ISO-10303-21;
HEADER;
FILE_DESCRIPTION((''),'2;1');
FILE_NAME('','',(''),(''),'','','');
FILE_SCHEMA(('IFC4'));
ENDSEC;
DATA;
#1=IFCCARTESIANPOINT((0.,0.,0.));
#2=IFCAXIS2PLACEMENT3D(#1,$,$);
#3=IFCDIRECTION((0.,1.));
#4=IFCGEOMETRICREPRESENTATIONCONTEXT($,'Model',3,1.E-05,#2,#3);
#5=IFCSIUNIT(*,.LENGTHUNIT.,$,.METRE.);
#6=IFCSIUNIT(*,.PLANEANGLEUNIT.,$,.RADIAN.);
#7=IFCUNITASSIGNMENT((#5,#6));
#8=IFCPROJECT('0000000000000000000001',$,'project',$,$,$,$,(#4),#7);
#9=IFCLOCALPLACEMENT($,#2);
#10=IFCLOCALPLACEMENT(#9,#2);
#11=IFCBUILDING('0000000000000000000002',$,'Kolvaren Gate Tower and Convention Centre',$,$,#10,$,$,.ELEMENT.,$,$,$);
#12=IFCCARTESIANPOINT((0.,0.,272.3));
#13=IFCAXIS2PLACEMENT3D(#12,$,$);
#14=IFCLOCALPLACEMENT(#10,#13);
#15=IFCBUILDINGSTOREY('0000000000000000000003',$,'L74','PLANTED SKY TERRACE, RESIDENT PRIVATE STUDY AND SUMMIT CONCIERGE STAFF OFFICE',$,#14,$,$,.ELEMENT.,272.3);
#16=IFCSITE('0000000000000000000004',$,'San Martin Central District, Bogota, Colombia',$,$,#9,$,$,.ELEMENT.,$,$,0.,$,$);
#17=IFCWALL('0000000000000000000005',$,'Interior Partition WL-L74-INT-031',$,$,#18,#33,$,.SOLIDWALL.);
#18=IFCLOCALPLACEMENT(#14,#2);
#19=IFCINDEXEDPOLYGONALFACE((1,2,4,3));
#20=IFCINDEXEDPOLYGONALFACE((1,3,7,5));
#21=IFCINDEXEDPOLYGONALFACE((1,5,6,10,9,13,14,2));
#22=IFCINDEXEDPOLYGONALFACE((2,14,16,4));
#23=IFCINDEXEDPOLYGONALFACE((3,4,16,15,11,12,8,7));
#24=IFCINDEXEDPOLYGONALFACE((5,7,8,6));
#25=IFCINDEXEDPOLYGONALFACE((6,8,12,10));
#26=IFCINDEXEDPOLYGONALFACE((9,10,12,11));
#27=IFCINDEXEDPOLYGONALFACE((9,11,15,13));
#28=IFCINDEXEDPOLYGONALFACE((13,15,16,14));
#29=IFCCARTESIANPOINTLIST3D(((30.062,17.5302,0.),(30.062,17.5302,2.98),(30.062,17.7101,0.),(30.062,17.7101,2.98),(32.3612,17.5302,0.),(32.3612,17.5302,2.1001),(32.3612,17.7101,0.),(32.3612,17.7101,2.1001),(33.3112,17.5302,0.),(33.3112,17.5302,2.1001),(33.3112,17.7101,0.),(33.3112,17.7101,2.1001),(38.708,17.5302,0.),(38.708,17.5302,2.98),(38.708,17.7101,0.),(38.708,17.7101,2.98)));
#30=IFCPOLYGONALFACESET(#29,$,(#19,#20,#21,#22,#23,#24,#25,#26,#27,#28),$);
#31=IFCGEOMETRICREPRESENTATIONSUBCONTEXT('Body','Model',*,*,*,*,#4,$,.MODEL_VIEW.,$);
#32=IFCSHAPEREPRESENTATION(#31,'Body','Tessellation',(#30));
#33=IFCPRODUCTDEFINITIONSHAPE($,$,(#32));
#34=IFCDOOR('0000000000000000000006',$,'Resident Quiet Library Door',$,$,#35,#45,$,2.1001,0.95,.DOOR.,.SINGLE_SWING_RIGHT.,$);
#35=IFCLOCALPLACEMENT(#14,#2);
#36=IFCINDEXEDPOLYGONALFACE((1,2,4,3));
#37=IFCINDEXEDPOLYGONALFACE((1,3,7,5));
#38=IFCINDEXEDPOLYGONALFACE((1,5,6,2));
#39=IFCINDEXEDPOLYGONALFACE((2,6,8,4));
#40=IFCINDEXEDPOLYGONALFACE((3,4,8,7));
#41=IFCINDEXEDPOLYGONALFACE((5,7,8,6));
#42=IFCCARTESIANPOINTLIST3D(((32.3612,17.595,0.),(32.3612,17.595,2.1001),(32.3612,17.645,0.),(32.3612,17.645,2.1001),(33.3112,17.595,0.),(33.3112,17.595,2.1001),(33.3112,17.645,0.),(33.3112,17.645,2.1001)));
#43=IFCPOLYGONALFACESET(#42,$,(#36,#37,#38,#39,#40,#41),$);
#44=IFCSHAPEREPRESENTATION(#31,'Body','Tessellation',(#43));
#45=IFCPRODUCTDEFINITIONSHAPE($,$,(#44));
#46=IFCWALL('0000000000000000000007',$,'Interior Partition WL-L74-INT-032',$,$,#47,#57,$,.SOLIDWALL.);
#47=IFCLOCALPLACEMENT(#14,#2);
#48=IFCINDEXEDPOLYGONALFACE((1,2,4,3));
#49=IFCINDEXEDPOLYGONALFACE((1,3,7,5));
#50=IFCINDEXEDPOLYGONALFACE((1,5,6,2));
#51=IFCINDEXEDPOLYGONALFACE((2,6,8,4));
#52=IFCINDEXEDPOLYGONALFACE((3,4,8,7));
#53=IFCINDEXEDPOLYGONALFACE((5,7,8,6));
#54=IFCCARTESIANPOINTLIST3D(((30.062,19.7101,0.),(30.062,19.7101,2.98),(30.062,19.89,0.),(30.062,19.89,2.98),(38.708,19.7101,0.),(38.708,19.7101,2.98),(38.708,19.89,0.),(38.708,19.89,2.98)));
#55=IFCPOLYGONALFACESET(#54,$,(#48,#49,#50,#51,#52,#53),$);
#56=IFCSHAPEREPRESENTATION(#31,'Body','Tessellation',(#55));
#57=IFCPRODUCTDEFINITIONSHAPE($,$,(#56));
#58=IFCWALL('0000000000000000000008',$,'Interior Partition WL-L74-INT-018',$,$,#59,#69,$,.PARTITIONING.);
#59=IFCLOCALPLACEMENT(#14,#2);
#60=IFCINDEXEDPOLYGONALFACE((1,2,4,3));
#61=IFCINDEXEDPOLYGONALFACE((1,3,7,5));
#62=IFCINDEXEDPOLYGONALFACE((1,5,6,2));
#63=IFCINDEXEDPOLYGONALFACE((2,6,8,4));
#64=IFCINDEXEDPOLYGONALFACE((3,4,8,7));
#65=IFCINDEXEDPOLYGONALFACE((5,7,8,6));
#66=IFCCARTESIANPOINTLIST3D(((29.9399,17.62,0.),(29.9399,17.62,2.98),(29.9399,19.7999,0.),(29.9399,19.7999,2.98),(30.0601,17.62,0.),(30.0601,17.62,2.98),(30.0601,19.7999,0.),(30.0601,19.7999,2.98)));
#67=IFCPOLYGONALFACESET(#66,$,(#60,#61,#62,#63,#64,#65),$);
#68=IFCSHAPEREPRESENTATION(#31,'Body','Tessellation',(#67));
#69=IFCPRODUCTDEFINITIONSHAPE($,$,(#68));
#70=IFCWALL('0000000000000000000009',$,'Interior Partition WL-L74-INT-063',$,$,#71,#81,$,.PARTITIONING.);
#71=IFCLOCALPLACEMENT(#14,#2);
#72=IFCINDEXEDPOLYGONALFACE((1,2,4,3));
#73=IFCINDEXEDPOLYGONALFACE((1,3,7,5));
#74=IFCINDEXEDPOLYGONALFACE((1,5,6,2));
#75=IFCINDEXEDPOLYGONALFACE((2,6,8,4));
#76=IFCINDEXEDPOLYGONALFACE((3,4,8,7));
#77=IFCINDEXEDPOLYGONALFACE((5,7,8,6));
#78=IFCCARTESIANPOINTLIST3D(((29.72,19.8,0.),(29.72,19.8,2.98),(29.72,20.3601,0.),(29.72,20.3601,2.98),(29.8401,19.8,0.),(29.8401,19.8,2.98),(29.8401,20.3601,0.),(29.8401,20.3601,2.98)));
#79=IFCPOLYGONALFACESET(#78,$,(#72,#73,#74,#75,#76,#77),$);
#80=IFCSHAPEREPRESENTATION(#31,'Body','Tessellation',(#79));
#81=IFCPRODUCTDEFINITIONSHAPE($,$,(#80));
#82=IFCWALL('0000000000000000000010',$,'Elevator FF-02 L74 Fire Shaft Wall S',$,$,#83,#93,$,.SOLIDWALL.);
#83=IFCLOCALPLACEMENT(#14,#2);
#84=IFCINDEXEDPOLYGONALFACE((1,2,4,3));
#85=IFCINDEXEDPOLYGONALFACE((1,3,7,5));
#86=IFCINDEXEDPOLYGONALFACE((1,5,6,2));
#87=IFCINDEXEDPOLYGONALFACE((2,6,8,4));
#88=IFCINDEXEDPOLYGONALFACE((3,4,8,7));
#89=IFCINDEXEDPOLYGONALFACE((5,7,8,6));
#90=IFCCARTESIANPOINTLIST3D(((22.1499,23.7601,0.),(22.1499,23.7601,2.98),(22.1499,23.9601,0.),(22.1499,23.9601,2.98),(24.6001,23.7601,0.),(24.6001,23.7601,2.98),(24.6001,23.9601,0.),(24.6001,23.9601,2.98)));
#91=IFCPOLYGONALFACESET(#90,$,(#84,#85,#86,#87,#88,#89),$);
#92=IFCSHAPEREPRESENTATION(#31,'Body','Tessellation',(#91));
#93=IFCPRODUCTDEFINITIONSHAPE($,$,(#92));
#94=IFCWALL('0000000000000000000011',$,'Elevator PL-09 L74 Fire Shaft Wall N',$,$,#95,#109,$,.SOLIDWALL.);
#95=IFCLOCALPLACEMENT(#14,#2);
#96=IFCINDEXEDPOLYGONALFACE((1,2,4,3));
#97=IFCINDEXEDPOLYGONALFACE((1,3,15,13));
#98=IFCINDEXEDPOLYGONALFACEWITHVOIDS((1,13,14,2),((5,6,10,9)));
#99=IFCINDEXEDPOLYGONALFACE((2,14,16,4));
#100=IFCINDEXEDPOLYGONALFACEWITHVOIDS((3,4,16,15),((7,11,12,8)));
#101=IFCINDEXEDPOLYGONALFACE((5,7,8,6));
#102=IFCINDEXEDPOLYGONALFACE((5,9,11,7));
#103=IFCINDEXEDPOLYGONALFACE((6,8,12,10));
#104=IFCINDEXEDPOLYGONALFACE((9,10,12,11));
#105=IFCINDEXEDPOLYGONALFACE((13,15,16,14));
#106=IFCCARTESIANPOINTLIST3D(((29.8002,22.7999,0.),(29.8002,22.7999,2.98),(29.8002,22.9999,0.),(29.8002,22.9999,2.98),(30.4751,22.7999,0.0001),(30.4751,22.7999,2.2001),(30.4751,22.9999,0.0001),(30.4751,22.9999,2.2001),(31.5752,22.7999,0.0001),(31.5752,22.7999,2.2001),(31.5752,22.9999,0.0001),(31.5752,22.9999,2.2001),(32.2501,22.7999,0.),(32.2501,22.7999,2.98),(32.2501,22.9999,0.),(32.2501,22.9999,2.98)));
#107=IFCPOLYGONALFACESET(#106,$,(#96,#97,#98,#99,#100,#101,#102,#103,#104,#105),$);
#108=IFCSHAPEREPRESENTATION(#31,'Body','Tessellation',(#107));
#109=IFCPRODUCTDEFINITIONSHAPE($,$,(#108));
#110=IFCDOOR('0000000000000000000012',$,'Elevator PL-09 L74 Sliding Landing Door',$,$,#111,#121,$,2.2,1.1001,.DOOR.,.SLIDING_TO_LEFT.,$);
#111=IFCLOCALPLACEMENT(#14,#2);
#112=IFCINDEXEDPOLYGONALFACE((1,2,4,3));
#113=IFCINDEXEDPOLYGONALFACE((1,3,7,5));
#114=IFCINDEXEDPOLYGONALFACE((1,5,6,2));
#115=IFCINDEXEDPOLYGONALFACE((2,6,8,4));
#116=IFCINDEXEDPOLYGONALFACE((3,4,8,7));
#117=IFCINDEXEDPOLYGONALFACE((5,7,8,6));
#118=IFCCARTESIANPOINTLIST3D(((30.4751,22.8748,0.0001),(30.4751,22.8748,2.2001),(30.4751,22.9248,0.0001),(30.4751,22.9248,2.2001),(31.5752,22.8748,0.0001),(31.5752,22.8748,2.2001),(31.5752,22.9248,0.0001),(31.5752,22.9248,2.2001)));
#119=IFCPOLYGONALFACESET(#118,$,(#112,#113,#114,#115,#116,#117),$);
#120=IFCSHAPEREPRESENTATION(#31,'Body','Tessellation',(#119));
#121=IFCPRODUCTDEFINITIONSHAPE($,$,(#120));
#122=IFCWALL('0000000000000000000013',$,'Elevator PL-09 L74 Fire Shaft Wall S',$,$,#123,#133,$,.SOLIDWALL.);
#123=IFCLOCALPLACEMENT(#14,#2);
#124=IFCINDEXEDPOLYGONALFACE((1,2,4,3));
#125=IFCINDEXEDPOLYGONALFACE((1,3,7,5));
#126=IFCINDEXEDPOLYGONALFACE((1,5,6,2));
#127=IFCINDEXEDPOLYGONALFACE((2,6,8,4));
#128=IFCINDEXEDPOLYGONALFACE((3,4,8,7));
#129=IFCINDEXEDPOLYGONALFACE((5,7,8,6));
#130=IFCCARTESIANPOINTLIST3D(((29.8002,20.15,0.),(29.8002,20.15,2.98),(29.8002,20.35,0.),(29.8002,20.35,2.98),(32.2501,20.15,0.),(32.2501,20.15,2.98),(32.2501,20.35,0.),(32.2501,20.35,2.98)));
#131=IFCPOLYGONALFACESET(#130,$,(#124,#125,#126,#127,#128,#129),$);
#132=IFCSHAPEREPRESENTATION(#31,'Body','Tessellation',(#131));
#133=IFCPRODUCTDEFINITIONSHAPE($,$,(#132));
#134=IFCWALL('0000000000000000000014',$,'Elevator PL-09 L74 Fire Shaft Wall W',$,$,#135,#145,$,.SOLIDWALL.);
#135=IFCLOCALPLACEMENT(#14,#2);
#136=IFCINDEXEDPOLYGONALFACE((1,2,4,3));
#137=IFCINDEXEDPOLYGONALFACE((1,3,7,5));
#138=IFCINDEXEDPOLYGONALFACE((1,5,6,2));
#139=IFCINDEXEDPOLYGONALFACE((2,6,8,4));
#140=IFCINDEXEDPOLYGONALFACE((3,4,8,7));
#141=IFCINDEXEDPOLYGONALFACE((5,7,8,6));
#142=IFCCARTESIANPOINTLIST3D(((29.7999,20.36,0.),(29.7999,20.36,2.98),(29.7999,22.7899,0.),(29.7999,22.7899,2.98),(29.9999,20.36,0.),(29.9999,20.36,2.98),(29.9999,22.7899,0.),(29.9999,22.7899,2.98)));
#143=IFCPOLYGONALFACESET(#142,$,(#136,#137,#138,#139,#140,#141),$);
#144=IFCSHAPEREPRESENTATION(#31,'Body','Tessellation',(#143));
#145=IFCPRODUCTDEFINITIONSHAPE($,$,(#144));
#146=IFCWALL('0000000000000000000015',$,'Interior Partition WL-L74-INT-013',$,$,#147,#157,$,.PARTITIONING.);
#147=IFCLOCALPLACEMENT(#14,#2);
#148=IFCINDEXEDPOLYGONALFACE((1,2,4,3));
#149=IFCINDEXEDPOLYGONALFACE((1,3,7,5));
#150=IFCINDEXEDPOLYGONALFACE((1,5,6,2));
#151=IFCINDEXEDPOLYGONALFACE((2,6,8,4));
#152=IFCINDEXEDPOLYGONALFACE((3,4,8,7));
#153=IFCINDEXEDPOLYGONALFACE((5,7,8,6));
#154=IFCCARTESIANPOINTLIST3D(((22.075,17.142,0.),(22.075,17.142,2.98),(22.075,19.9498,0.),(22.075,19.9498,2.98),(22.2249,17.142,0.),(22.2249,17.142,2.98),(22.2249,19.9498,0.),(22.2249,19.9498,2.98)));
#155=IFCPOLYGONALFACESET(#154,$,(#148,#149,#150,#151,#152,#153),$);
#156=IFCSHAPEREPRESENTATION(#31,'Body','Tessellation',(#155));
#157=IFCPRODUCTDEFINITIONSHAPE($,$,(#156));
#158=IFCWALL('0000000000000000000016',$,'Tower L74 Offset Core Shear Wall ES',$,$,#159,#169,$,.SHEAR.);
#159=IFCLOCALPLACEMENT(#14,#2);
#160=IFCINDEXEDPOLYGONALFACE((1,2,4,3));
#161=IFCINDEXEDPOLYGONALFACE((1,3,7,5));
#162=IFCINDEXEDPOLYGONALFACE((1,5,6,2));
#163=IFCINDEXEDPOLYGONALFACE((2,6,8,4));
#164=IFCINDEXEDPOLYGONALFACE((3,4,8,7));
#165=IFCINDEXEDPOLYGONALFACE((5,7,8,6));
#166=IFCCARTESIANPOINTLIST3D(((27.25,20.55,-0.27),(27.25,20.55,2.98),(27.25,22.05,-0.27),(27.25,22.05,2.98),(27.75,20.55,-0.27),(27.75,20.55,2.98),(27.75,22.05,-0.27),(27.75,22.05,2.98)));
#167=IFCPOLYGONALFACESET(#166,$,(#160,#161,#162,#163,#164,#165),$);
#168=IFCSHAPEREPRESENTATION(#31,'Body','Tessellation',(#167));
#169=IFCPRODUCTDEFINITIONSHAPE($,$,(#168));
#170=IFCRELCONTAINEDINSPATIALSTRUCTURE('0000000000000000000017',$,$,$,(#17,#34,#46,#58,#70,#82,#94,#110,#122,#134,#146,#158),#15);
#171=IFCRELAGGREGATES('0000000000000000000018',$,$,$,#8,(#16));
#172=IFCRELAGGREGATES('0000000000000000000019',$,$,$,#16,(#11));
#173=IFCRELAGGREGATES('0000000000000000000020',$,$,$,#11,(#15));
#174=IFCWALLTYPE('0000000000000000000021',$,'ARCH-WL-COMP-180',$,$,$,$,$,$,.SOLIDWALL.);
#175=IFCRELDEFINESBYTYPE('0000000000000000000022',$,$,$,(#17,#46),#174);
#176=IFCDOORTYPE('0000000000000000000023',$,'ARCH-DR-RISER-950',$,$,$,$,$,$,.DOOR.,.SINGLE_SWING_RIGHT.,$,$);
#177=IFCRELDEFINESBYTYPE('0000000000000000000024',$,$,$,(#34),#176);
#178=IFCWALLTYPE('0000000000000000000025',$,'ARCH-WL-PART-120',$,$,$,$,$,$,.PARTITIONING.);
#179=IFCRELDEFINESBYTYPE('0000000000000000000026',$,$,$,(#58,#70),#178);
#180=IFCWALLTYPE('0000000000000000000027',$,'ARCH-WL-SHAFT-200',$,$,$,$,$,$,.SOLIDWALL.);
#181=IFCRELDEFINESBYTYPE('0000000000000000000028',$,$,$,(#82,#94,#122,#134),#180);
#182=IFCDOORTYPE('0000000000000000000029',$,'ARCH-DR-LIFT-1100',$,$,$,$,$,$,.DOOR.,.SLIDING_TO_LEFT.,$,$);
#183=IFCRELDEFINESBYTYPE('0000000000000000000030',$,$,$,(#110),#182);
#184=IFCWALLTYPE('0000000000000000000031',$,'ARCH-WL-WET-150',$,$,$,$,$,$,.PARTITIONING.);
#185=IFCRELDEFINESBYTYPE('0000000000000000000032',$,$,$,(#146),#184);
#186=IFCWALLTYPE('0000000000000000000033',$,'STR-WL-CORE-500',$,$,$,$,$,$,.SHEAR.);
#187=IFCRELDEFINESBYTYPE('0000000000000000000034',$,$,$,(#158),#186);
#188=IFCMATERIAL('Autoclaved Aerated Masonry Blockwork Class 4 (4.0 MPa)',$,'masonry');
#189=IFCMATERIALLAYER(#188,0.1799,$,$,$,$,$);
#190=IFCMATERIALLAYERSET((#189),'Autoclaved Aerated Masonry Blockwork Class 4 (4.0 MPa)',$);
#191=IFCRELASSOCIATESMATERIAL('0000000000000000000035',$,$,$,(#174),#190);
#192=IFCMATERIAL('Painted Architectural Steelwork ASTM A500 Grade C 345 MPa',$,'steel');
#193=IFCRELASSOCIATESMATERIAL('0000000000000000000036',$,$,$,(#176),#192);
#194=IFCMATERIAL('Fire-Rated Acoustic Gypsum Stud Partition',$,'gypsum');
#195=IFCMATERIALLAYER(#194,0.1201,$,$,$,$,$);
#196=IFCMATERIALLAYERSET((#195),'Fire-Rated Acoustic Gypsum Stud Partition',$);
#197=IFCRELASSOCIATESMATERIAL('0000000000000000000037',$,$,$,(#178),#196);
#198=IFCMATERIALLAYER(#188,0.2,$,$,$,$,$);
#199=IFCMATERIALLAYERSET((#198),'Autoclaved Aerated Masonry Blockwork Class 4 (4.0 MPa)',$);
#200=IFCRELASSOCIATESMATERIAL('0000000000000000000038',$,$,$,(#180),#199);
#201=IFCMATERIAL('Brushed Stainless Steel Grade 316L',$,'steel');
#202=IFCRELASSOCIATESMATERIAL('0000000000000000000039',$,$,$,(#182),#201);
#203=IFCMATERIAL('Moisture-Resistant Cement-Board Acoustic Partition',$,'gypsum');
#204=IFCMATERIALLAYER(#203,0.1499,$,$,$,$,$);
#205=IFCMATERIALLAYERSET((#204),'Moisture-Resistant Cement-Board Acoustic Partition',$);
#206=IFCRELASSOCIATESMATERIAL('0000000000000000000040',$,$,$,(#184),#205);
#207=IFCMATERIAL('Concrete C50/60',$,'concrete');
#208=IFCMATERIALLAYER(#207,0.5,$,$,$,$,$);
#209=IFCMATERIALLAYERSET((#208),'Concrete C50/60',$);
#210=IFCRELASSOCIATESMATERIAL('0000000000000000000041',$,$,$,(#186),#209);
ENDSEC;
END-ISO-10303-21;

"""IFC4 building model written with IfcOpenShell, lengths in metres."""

from ifc_helpers import new_model, si_unit, direction, frame, frame_2d, origin, place, context, subcontext, project, spatial, rectangle, extrude, material, layer, layer_set, type_object, element, fill, save


model = new_model("IFC4")

# Units and contexts
model_context = context("Model", 3, precision=1e-05, world=origin(), true_north=direction((0.0, 1.0)))
body_context = subcontext(model_context, "Body", "Model", "MODEL_VIEW")
ifc_project = project(units=[si_unit("LENGTHUNIT", "METRE"), si_unit("PLANEANGLEUNIT", "RADIAN")], contexts=[model_context])

# Site, building, storey
site_placement = place(None, origin())
site = spatial("IfcSite", under=ifc_project, at=site_placement, Name="San Martin Central District, Bogota, Colombia", CompositionType="ELEMENT", RefElevation=0.0)
building_placement = place(site_placement, origin())
building = spatial("IfcBuilding", under=site, at=building_placement, Name="Kolvaren Gate Tower and Convention Centre", CompositionType="ELEMENT")
storey_placement = place(building_placement, frame((0.0, 0.0, 272.3)))
storey = spatial("IfcBuildingStorey", under=building, at=storey_placement, Name="L74", Description="PLANTED SKY TERRACE, RESIDENT PRIVATE STUDY AND SUMMIT CONCIERGE STAFF OFFICE", CompositionType="ELEMENT", Elevation=272.3)

# Shared definitions
ifc_material_1 = material(Name="Autoclaved Aerated Masonry Blockwork Class 4 (4.0 MPa)", Category="masonry")
ifc_layer_1 = layer(ifc_material_1, 0.1799)
ifc_layer_set_1 = layer_set([ifc_layer_1], Name="Autoclaved Aerated Masonry Blockwork Class 4 (4.0 MPa)")
wall_type_1 = type_object("IfcWallType", Name="ARCH-WL-COMP-180", PredefinedType="SOLIDWALL", material=ifc_layer_set_1)

# Shared definitions
ifc_material_2 = material(Name="Painted Architectural Steelwork ASTM A500 Grade C 345 MPa", Category="steel")
door_type_1 = type_object("IfcDoorType", Name="ARCH-DR-RISER-950", OperationType="SINGLE_SWING_RIGHT", PredefinedType="DOOR", material=ifc_material_2)

# Wall, opening, door
wall_1_placement = place(storey_placement, frame((30.062, 17.6201, 0.0), z_axis=(0.0, 0.0, 1.0), x_axis=(1.0, 0.0, 0.0)))
wall_1 = element("IfcWall", 1, at=wall_1_placement, inside=storey, type_object=wall_type_1, Name="Interior Partition WL-L74-INT-031", PredefinedType="SOLIDWALL", context=body_context, shape_type="SweptSolid", body=[
    extrude(rectangle(XDim=8.646, YDim=0.1799, at=frame_2d((4.323, 0.0))), origin(), (0.0, 0.0, 1.0), 2.98),
])
opening_1_placement = place(wall_1_placement, frame((2.2991, 0.0, 0.0)))
opening_1 = element("IfcOpeningElement", 2, at=opening_1_placement, cuts=wall_1, PredefinedType="OPENING", context=body_context, shape_type="SweptSolid", body=[
    extrude(rectangle(XDim=0.95, YDim=2.1001, at=frame_2d((0.4751, 1.05))), frame((0.0, 0.0999, 0.0), z_axis=(0.0, -1.0, 0.0), x_axis=(1.0, 0.0, 0.0)), (0.0, 0.0, 1.0), 0.2),
])
door_1_placement = place(opening_1_placement, origin())
door_1 = element("IfcDoor", 3, at=door_1_placement, inside=storey, type_object=door_type_1, Name="Resident Quiet Library Door", OperationType="SINGLE_SWING_RIGHT", OverallHeight=2.1001, OverallWidth=0.95, PredefinedType="DOOR", context=body_context, shape_type="SweptSolid", body=[
    extrude(rectangle(XDim=0.95, YDim=2.1001, at=frame_2d((0.4751, 1.05))), frame((0.0, 0.0249, 0.0), z_axis=(0.0, -1.0, 0.0), x_axis=(1.0, 0.0, 0.0)), (0.0, 0.0, 1.0), 0.05),
])
fill(opening_1, door_1)

# Walls
wall_2_placement = place(storey_placement, frame((30.062, 19.8, 0.0), z_axis=(0.0, 0.0, 1.0), x_axis=(1.0, 0.0, 0.0)))
element("IfcWall", 4, at=wall_2_placement, inside=storey, type_object=wall_type_1, Name="Interior Partition WL-L74-INT-032", PredefinedType="SOLIDWALL", context=body_context, shape_type="SweptSolid", body=[
    extrude(rectangle(XDim=8.646, YDim=0.1799, at=frame_2d((4.323, 0.0))), origin(), (0.0, 0.0, 1.0), 2.98),
])
ifc_material_3 = material(Name="Fire-Rated Acoustic Gypsum Stud Partition", Category="gypsum")
ifc_layer_2 = layer(ifc_material_3, 0.1201)
ifc_layer_set_2 = layer_set([ifc_layer_2], Name="Fire-Rated Acoustic Gypsum Stud Partition")
wall_type_2 = type_object("IfcWallType", Name="ARCH-WL-PART-120", PredefinedType="PARTITIONING", material=ifc_layer_set_2)
wall_3_placement = place(storey_placement, frame((30.0, 17.6201, 0.0), z_axis=(0.0, 0.0, 1.0), x_axis=(0.0, 1.0, 0.0)))
element("IfcWall", 5, at=wall_3_placement, inside=storey, type_object=wall_type_2, Name="Interior Partition WL-L74-INT-018", PredefinedType="PARTITIONING", context=body_context, shape_type="SweptSolid", body=[
    extrude(rectangle(XDim=2.1799, YDim=0.1201, at=frame_2d((1.0898, 0.0))), origin(), (0.0, 0.0, 1.0), 2.98),
])
wall_4_placement = place(storey_placement, frame((29.78, 19.8, 0.0), z_axis=(0.0, 0.0, 1.0), x_axis=(0.0, 1.0, 0.0)))
element("IfcWall", 6, at=wall_4_placement, inside=storey, type_object=wall_type_2, Name="Interior Partition WL-L74-INT-063", PredefinedType="PARTITIONING", context=body_context, shape_type="SweptSolid", body=[
    extrude(rectangle(XDim=0.5601, YDim=0.1201, at=frame_2d((0.28, 0.0))), origin(), (0.0, 0.0, 1.0), 2.98),
])
ifc_layer_3 = layer(ifc_material_1, 0.2)
ifc_layer_set_3 = layer_set([ifc_layer_3], Name="Autoclaved Aerated Masonry Blockwork Class 4 (4.0 MPa)")
wall_type_3 = type_object("IfcWallType", Name="ARCH-WL-SHAFT-200", PredefinedType="SOLIDWALL", material=ifc_layer_set_3)
wall_5_placement = place(storey_placement, frame((22.1499, 23.8601, 0.0), z_axis=(0.0, 0.0, 1.0), x_axis=(1.0, 0.0, 0.0)))
element("IfcWall", 7, at=wall_5_placement, inside=storey, type_object=wall_type_3, Name="Elevator FF-02 L74 Fire Shaft Wall S", PredefinedType="SOLIDWALL", context=body_context, shape_type="SweptSolid", body=[
    extrude(rectangle(XDim=2.4502, YDim=0.2, at=frame_2d((1.2251, 0.0))), origin(), (0.0, 0.0, 1.0), 2.98),
])

# Wall, opening, door
wall_6_placement = place(storey_placement, frame((29.8, 22.8999, 0.0), z_axis=(0.0, 0.0, 1.0), x_axis=(1.0, 0.0, 0.0)))
wall_6 = element("IfcWall", 8, at=wall_6_placement, inside=storey, type_object=wall_type_3, Name="Elevator PL-09 L74 Fire Shaft Wall N", PredefinedType="SOLIDWALL", context=body_context, shape_type="SweptSolid", body=[
    extrude(rectangle(XDim=2.45, YDim=0.2, at=frame_2d((1.2251, 0.0))), origin(), (0.0, 0.0, 1.0), 2.98),
])
opening_2_placement = place(wall_6_placement, frame((0.675, 0.0, 0.0)))
opening_2 = element("IfcOpeningElement", 9, at=opening_2_placement, cuts=wall_6, PredefinedType="OPENING", context=body_context, shape_type="SweptSolid", body=[
    extrude(rectangle(XDim=1.1001, YDim=2.2, at=frame_2d((0.55, 1.1001))), frame((0.0, 0.1099, 0.0), z_axis=(0.0, -1.0, 0.0), x_axis=(1.0, 0.0, 0.0)), (0.0, 0.0, 1.0), 0.22),
])
ifc_material_4 = material(Name="Brushed Stainless Steel Grade 316L", Category="steel")
door_type_2 = type_object("IfcDoorType", Name="ARCH-DR-LIFT-1100", OperationType="SLIDING_TO_LEFT", PredefinedType="DOOR", material=ifc_material_4)
door_2_placement = place(opening_2_placement, origin())
door_2 = element("IfcDoor", 10, at=door_2_placement, inside=storey, type_object=door_type_2, Name="Elevator PL-09 L74 Sliding Landing Door", OperationType="SLIDING_TO_LEFT", OverallHeight=2.2, OverallWidth=1.1001, PredefinedType="DOOR", context=body_context, shape_type="SweptSolid", body=[
    extrude(rectangle(XDim=1.1001, YDim=2.2, at=frame_2d((0.55, 1.1001))), frame((0.0, 0.0249, 0.0), z_axis=(0.0, -1.0, 0.0), x_axis=(1.0, 0.0, 0.0)), (0.0, 0.0, 1.0), 0.05),
])
fill(opening_2, door_2)

# Walls
wall_7_placement = place(storey_placement, frame((29.8, 20.25, 0.0), z_axis=(0.0, 0.0, 1.0), x_axis=(1.0, 0.0, 0.0)))
element("IfcWall", 11, at=wall_7_placement, inside=storey, type_object=wall_type_3, Name="Elevator PL-09 L74 Fire Shaft Wall S", PredefinedType="SOLIDWALL", context=body_context, shape_type="SweptSolid", body=[
    extrude(rectangle(XDim=2.45, YDim=0.2, at=frame_2d((1.2251, 0.0))), origin(), (0.0, 0.0, 1.0), 2.98),
])
wall_8_placement = place(storey_placement, frame((29.8999, 20.3601, 0.0), z_axis=(0.0, 0.0, 1.0), x_axis=(0.0, 1.0, 0.0)))
element("IfcWall", 12, at=wall_8_placement, inside=storey, type_object=wall_type_3, Name="Elevator PL-09 L74 Fire Shaft Wall W", PredefinedType="SOLIDWALL", context=body_context, shape_type="SweptSolid", body=[
    extrude(rectangle(XDim=2.4299, YDim=0.2, at=frame_2d((1.2148, 0.0))), origin(), (0.0, 0.0, 1.0), 2.98),
])
ifc_material_5 = material(Name="Moisture-Resistant Cement-Board Acoustic Partition", Category="gypsum")
ifc_layer_4 = layer(ifc_material_5, 0.1499)
ifc_layer_set_4 = layer_set([ifc_layer_4], Name="Moisture-Resistant Cement-Board Acoustic Partition")
wall_type_4 = type_object("IfcWallType", Name="ARCH-WL-WET-150", PredefinedType="PARTITIONING", material=ifc_layer_set_4)
wall_9_placement = place(storey_placement, frame((22.1499, 17.1421, 0.0), z_axis=(0.0, 0.0, 1.0), x_axis=(0.0, 1.0, 0.0)))
element("IfcWall", 13, at=wall_9_placement, inside=storey, type_object=wall_type_4, Name="Interior Partition WL-L74-INT-013", PredefinedType="PARTITIONING", context=body_context, shape_type="SweptSolid", body=[
    extrude(rectangle(XDim=2.8079, YDim=0.1499, at=frame_2d((1.4038, 0.0))), origin(), (0.0, 0.0, 1.0), 2.98),
])
ifc_material_6 = material(Name="Concrete C50/60", Category="concrete")
ifc_layer_5 = layer(ifc_material_6, 0.5)
ifc_layer_set_5 = layer_set([ifc_layer_5], Name="Concrete C50/60")
wall_type_5 = type_object("IfcWallType", Name="STR-WL-CORE-500", PredefinedType="SHEAR", material=ifc_layer_set_5)
wall_10_placement = place(storey_placement, frame((27.5, 20.55, -0.27), z_axis=(0.0, 0.0, 1.0), x_axis=(0.0, 1.0, 0.0)))
element("IfcWall", 14, at=wall_10_placement, inside=storey, type_object=wall_type_5, Name="Tower L74 Offset Core Shear Wall ES", PredefinedType="SHEAR", context=body_context, shape_type="SweptSolid", body=[
    extrude(rectangle(XDim=1.5, YDim=0.5, at=frame_2d((0.75, 0.0))), origin(), (0.0, 0.0, 1.0), 3.25),
])

save(model, "model.ifc")
